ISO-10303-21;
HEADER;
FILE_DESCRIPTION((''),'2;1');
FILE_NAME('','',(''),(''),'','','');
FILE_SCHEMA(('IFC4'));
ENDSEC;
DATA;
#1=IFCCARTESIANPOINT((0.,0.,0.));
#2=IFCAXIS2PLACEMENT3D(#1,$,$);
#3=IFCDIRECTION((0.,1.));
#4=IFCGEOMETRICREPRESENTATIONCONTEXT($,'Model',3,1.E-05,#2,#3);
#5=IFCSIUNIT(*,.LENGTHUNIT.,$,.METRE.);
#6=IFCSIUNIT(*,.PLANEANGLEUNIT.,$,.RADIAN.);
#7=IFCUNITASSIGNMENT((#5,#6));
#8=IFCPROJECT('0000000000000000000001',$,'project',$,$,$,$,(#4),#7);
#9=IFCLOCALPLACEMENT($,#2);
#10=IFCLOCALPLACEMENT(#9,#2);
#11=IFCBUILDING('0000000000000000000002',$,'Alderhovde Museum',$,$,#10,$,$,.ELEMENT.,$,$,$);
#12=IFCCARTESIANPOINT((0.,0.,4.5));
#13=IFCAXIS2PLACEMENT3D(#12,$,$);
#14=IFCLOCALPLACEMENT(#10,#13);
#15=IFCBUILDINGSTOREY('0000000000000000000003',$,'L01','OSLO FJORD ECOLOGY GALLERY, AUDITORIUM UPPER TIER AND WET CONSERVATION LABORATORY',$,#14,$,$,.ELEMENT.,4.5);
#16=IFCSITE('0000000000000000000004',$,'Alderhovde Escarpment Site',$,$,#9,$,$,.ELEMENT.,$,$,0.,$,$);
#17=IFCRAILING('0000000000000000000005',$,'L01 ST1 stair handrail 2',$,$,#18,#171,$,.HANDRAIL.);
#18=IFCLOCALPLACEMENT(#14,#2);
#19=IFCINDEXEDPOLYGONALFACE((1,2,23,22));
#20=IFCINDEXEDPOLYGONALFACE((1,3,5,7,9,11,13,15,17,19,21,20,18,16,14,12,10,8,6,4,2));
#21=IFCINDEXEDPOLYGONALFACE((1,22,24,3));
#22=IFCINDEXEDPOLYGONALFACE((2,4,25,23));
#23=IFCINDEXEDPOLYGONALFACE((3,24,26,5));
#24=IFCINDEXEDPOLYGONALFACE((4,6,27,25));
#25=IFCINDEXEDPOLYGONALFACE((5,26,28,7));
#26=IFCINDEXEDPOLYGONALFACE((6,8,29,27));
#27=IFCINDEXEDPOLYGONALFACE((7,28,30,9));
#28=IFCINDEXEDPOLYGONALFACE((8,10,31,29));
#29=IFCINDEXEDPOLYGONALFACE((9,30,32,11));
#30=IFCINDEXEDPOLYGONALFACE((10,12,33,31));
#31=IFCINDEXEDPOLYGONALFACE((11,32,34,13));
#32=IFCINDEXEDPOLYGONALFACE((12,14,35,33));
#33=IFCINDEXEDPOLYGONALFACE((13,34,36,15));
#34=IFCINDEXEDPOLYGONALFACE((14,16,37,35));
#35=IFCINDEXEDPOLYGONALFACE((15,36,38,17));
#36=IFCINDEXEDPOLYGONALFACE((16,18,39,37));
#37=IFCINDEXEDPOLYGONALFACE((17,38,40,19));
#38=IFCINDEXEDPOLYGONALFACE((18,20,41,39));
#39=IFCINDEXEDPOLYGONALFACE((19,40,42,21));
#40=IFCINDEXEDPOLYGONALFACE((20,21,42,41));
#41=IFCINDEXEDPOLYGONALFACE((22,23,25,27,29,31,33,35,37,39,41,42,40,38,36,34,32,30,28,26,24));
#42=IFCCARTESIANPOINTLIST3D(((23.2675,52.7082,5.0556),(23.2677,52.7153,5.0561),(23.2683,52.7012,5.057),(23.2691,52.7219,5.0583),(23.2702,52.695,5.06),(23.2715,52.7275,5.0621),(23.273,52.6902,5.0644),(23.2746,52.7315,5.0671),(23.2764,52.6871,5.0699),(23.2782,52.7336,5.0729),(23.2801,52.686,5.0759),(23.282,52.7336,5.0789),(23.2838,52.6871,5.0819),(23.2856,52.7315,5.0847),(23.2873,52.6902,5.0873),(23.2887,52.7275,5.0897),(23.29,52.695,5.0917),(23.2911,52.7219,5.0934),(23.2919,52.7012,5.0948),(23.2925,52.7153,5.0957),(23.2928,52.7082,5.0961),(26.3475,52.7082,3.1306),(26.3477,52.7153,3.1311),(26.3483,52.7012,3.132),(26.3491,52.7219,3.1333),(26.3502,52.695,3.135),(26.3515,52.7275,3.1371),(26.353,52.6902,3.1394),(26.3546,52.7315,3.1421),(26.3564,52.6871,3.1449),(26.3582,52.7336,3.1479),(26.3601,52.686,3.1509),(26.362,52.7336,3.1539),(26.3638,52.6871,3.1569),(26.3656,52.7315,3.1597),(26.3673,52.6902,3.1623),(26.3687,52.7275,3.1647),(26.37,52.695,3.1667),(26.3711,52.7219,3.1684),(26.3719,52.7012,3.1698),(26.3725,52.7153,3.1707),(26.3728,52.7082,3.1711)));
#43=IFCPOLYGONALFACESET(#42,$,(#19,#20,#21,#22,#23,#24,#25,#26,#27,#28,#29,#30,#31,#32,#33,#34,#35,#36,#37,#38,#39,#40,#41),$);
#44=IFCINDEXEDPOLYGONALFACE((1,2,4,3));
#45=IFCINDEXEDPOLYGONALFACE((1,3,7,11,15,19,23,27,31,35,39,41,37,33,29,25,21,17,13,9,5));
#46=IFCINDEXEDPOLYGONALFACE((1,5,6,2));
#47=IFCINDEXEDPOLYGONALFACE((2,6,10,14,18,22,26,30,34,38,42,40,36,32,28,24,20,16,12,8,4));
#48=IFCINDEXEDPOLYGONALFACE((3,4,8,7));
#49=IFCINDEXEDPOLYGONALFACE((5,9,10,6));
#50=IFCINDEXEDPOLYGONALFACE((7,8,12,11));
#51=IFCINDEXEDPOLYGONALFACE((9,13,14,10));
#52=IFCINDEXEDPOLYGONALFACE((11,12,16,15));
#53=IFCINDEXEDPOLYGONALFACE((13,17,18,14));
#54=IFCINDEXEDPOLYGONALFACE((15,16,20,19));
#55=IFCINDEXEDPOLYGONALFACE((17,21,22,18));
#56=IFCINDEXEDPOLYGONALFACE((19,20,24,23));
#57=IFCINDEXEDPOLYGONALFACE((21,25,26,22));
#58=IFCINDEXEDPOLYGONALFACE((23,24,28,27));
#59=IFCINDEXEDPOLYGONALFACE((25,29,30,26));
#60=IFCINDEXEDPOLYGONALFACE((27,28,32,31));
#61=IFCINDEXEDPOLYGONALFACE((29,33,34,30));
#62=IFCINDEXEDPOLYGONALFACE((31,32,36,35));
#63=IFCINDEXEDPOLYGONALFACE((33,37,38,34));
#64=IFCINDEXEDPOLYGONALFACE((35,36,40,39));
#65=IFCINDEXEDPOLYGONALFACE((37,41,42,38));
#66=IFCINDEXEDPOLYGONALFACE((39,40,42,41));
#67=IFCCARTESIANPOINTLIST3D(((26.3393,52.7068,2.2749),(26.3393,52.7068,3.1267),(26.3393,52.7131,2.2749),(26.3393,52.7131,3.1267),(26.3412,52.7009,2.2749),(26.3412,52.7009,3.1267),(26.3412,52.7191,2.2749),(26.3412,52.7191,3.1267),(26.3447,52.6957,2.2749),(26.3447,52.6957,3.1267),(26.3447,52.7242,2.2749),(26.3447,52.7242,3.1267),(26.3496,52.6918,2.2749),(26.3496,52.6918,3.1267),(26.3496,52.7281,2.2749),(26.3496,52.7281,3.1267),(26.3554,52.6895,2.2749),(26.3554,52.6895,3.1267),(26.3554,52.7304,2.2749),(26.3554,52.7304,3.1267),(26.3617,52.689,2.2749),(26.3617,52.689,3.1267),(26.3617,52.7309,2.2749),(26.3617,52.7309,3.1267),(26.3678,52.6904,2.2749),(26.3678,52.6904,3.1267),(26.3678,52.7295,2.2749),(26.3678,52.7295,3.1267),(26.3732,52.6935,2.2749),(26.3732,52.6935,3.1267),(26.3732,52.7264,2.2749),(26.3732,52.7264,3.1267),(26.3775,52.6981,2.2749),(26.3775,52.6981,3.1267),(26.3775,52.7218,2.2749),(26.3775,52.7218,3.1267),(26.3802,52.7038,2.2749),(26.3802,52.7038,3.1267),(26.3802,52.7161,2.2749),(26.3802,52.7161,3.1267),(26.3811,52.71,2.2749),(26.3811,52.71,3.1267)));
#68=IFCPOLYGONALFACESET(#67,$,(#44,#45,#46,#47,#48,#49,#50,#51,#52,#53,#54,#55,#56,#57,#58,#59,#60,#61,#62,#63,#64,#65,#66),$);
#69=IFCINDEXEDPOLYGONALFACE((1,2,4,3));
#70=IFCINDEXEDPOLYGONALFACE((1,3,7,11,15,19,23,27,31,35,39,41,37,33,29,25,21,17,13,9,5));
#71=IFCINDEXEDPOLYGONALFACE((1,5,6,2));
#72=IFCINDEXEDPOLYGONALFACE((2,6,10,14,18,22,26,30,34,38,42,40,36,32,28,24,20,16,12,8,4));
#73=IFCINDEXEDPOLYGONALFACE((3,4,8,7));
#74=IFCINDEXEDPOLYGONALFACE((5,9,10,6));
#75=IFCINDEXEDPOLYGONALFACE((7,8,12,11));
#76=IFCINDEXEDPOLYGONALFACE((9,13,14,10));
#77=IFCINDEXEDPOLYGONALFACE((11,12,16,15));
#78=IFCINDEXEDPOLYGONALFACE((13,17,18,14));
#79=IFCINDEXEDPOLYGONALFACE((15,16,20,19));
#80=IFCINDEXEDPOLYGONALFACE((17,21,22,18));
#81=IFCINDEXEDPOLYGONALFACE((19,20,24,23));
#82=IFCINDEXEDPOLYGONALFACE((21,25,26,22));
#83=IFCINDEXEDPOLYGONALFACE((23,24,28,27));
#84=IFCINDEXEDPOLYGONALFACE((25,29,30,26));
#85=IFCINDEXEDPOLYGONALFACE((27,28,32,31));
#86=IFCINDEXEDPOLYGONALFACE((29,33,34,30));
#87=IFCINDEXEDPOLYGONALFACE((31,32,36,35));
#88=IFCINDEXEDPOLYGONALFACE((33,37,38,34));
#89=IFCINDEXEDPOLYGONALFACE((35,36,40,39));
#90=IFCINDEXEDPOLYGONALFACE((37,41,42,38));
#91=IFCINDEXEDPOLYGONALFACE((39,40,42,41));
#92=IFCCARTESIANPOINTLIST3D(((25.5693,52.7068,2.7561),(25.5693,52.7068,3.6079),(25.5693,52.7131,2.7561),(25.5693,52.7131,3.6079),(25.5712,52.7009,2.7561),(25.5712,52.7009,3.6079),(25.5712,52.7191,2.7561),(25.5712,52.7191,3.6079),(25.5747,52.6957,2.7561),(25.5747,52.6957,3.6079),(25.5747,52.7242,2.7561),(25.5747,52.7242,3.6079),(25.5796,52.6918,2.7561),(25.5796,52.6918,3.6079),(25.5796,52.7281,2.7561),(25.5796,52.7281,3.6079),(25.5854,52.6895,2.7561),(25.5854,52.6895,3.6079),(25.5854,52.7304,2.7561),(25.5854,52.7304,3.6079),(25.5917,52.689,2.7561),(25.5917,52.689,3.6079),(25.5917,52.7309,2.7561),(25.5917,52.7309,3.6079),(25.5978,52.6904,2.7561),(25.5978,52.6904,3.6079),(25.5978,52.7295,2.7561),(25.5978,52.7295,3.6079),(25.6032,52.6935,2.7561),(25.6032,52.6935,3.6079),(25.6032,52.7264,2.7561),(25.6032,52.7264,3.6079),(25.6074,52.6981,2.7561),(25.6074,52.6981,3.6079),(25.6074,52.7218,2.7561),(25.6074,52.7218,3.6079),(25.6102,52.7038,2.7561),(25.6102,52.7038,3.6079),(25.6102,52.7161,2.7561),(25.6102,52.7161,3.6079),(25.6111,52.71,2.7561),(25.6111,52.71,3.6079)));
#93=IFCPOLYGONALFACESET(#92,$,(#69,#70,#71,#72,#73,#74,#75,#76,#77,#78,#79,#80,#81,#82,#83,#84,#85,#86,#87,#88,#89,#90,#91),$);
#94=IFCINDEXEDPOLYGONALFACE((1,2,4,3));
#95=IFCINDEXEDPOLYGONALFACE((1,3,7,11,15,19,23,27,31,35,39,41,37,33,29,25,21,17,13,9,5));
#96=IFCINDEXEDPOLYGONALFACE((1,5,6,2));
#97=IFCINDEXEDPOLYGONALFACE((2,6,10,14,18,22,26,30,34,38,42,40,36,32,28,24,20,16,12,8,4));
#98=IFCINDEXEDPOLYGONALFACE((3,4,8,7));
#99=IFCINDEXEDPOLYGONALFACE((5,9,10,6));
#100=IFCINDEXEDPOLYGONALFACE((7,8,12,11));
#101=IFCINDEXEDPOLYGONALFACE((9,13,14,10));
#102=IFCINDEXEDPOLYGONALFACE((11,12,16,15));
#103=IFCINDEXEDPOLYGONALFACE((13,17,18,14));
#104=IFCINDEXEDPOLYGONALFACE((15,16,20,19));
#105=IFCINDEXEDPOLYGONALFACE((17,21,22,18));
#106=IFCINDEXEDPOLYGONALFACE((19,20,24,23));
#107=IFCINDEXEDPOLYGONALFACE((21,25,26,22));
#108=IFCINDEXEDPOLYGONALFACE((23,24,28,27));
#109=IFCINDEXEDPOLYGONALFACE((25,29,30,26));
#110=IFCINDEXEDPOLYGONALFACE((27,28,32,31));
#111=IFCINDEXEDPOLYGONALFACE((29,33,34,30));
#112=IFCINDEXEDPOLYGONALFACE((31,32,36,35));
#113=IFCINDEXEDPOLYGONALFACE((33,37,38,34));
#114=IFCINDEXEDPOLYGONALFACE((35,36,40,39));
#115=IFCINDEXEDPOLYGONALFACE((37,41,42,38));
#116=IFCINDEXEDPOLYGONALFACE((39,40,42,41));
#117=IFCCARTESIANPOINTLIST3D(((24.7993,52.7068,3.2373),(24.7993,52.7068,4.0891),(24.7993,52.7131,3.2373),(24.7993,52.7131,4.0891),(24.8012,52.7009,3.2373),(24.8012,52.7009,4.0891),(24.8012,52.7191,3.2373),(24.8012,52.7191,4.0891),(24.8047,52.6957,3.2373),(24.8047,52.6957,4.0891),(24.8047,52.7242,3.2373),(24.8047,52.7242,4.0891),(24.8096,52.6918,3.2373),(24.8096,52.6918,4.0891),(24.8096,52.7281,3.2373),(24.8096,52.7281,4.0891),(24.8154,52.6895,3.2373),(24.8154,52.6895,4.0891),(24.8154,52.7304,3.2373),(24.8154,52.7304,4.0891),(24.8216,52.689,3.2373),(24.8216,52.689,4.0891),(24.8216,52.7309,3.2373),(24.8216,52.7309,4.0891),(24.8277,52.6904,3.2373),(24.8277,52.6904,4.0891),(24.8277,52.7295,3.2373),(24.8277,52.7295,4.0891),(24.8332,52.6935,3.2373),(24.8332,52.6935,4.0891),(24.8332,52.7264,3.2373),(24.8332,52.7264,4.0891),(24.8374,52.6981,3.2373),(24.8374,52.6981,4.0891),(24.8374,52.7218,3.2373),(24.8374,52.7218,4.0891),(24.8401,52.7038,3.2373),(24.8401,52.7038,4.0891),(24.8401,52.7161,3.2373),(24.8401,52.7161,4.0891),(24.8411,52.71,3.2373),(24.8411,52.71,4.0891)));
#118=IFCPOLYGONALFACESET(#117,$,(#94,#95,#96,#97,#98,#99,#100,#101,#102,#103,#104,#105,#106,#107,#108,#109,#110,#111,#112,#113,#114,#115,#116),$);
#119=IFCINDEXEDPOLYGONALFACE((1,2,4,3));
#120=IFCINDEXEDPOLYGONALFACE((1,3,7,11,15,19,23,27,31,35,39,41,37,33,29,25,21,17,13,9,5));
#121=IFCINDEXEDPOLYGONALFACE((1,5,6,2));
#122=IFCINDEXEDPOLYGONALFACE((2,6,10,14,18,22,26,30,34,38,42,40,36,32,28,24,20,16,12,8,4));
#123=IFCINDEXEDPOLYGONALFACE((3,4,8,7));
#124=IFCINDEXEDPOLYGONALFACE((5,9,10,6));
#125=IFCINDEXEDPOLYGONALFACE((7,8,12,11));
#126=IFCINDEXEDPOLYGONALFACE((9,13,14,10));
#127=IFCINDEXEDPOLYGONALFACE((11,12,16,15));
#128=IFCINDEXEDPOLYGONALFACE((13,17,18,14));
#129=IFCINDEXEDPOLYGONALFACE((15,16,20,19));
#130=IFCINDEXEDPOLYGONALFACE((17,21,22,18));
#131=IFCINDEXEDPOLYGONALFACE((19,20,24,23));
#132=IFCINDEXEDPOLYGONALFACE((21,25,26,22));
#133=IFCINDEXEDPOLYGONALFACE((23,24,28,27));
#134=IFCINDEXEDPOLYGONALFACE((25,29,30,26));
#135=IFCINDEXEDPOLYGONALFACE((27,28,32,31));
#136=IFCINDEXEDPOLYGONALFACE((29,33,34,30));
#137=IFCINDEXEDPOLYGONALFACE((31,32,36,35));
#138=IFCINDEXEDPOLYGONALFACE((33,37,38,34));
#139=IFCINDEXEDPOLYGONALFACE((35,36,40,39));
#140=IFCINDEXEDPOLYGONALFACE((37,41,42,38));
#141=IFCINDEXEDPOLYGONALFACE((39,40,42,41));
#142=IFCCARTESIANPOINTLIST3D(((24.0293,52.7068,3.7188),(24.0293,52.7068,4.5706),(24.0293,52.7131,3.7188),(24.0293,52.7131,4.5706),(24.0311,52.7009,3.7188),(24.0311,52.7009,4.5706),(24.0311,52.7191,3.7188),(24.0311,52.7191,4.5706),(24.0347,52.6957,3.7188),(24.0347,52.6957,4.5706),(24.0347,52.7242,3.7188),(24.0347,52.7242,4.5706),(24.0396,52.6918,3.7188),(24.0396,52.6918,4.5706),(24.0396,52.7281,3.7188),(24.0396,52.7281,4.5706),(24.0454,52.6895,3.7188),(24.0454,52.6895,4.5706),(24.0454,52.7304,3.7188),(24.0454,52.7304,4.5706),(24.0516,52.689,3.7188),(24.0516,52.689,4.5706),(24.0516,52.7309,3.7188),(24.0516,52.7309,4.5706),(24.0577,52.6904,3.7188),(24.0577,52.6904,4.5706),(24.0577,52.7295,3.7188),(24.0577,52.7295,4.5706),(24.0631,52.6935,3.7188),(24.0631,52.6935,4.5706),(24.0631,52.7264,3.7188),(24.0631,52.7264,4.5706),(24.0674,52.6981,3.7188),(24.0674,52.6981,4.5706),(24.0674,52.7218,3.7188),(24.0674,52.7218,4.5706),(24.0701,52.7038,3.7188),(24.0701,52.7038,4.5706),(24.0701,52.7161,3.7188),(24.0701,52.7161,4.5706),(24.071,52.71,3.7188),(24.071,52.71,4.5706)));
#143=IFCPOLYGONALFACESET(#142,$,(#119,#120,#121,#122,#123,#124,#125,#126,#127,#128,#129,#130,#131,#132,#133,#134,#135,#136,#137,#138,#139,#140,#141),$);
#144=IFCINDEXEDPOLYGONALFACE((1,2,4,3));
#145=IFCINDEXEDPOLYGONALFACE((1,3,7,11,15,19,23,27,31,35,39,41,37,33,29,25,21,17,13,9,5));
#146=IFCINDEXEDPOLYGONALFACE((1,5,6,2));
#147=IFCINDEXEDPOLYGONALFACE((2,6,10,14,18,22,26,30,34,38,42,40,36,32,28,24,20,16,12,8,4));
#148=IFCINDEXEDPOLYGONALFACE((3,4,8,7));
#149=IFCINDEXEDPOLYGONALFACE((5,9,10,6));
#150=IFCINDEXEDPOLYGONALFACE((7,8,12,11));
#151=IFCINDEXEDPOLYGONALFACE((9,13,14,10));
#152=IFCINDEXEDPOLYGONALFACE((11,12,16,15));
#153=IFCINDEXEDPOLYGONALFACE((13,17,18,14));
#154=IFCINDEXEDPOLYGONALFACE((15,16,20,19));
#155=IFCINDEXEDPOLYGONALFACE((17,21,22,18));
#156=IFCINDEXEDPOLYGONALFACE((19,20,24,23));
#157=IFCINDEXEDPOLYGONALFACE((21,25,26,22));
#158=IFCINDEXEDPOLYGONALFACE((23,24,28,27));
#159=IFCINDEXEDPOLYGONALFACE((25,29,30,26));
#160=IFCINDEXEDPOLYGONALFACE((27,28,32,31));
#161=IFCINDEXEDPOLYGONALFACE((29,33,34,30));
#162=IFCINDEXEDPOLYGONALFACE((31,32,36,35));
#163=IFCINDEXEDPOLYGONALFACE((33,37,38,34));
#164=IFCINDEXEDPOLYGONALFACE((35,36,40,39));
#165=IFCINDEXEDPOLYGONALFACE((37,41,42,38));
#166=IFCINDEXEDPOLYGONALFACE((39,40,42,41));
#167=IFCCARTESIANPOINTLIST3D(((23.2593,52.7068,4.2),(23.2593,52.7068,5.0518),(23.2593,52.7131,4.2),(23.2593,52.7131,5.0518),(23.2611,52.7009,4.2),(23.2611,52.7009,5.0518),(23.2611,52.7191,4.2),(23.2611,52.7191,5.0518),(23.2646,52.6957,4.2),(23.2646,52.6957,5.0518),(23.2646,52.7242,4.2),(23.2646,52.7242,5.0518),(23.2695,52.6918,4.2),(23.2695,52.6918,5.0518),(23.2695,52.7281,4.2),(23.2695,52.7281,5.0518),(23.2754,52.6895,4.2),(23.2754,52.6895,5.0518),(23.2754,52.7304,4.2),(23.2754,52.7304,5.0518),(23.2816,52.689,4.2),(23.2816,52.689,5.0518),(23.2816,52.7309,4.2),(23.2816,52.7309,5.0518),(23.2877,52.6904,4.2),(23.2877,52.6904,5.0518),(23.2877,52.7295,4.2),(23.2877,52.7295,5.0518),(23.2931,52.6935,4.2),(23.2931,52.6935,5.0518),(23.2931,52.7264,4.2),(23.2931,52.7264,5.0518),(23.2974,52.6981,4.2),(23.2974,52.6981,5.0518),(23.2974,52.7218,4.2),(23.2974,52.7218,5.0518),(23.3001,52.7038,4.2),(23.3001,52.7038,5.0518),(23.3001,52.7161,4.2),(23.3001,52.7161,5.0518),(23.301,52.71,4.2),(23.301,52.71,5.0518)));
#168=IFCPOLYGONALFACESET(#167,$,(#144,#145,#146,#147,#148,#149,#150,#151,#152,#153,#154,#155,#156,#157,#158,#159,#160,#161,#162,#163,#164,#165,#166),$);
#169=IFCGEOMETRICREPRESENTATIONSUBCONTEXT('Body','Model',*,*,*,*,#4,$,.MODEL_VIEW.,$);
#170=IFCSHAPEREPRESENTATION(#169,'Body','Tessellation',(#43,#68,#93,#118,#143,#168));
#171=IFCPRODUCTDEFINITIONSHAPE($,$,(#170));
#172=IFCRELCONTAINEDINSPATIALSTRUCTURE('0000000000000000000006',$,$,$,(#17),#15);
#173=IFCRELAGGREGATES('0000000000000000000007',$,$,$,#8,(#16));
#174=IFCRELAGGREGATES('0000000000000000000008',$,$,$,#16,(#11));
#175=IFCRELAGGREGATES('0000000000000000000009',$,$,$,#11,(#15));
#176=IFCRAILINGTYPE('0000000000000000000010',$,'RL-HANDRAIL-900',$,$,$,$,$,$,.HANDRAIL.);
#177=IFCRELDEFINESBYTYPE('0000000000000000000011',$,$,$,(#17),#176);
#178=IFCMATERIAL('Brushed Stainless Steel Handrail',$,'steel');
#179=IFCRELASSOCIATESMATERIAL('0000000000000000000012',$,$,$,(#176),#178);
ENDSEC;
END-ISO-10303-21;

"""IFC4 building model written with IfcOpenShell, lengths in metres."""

from ifc_helpers import new_model, si_unit, direction, frame, origin, origin_2d, place, context, subcontext, project, spatial, circle, extrude, material, type_object, element, save


model = new_model("IFC4")

# Units and contexts
model_context = context("Model", 3, precision=1e-05, world=origin(), true_north=direction((0.0, 1.0)))
body_context = subcontext(model_context, "Body", "Model", "MODEL_VIEW")
ifc_project = project(units=[si_unit("LENGTHUNIT", "METRE"), si_unit("PLANEANGLEUNIT", "RADIAN")], contexts=[model_context])

# Site, building, storey
site_placement = place(None, origin())
site = spatial("IfcSite", under=ifc_project, at=site_placement, Name="Alderhovde Escarpment Site", CompositionType="ELEMENT", RefElevation=0.0)
building_placement = place(site_placement, origin())
building = spatial("IfcBuilding", under=site, at=building_placement, Name="Alderhovde Museum", CompositionType="ELEMENT")
storey_placement = place(building_placement, frame((0.0, 0.0, 4.5)))
storey = spatial("IfcBuildingStorey", under=building, at=storey_placement, Name="L01", Description="OSLO FJORD ECOLOGY GALLERY, AUDITORIUM UPPER TIER AND WET CONSERVATION LABORATORY", CompositionType="ELEMENT", Elevation=4.5)

# Railing
ifc_material_1 = material(Name="Brushed Stainless Steel Handrail", Category="steel")
railing_type_1 = type_object("IfcRailingType", Name="RL-HANDRAIL-900", PredefinedType="HANDRAIL", material=ifc_material_1)
railing_1_placement = place(storey_placement, frame((26.3601, 52.71, 2.2749)))
element("IfcRailing", 1, at=railing_1_placement, inside=storey, type_object=railing_type_1, Name="L01 ST1 stair handrail 2", PredefinedType="HANDRAIL", context=body_context, shape_type="SweptSolid", body=[
    extrude(circle(Radius=0.0239, at=origin_2d()), frame((0.0, 0.0, 0.876), z_axis=(-0.847998, 0.0, 0.529999), x_axis=(0.0, -1.0, 0.0)), (0.0, 0.0, 1.0), 3.6321),
    extrude(circle(Radius=0.021, at=origin_2d()), origin(), (0.0, 0.0, 1.0), 0.8518),
    extrude(circle(Radius=0.021, at=origin_2d()), frame((-0.77, 0.0, 0.4812)), (0.0, 0.0, 1.0), 0.8518),
    extrude(circle(Radius=0.021, at=origin_2d()), frame((-1.54, 0.0, 0.9624)), (0.0, 0.0, 1.0), 0.8518),
    extrude(circle(Radius=0.021, at=origin_2d()), frame((-2.3101, 0.0, 1.4438)), (0.0, 0.0, 1.0), 0.8518),
    extrude(circle(Radius=0.021, at=origin_2d()), frame((-3.0801, 0.0, 1.925)), (0.0, 0.0, 1.0), 0.8518),
])

save(model, "model.ifc")
